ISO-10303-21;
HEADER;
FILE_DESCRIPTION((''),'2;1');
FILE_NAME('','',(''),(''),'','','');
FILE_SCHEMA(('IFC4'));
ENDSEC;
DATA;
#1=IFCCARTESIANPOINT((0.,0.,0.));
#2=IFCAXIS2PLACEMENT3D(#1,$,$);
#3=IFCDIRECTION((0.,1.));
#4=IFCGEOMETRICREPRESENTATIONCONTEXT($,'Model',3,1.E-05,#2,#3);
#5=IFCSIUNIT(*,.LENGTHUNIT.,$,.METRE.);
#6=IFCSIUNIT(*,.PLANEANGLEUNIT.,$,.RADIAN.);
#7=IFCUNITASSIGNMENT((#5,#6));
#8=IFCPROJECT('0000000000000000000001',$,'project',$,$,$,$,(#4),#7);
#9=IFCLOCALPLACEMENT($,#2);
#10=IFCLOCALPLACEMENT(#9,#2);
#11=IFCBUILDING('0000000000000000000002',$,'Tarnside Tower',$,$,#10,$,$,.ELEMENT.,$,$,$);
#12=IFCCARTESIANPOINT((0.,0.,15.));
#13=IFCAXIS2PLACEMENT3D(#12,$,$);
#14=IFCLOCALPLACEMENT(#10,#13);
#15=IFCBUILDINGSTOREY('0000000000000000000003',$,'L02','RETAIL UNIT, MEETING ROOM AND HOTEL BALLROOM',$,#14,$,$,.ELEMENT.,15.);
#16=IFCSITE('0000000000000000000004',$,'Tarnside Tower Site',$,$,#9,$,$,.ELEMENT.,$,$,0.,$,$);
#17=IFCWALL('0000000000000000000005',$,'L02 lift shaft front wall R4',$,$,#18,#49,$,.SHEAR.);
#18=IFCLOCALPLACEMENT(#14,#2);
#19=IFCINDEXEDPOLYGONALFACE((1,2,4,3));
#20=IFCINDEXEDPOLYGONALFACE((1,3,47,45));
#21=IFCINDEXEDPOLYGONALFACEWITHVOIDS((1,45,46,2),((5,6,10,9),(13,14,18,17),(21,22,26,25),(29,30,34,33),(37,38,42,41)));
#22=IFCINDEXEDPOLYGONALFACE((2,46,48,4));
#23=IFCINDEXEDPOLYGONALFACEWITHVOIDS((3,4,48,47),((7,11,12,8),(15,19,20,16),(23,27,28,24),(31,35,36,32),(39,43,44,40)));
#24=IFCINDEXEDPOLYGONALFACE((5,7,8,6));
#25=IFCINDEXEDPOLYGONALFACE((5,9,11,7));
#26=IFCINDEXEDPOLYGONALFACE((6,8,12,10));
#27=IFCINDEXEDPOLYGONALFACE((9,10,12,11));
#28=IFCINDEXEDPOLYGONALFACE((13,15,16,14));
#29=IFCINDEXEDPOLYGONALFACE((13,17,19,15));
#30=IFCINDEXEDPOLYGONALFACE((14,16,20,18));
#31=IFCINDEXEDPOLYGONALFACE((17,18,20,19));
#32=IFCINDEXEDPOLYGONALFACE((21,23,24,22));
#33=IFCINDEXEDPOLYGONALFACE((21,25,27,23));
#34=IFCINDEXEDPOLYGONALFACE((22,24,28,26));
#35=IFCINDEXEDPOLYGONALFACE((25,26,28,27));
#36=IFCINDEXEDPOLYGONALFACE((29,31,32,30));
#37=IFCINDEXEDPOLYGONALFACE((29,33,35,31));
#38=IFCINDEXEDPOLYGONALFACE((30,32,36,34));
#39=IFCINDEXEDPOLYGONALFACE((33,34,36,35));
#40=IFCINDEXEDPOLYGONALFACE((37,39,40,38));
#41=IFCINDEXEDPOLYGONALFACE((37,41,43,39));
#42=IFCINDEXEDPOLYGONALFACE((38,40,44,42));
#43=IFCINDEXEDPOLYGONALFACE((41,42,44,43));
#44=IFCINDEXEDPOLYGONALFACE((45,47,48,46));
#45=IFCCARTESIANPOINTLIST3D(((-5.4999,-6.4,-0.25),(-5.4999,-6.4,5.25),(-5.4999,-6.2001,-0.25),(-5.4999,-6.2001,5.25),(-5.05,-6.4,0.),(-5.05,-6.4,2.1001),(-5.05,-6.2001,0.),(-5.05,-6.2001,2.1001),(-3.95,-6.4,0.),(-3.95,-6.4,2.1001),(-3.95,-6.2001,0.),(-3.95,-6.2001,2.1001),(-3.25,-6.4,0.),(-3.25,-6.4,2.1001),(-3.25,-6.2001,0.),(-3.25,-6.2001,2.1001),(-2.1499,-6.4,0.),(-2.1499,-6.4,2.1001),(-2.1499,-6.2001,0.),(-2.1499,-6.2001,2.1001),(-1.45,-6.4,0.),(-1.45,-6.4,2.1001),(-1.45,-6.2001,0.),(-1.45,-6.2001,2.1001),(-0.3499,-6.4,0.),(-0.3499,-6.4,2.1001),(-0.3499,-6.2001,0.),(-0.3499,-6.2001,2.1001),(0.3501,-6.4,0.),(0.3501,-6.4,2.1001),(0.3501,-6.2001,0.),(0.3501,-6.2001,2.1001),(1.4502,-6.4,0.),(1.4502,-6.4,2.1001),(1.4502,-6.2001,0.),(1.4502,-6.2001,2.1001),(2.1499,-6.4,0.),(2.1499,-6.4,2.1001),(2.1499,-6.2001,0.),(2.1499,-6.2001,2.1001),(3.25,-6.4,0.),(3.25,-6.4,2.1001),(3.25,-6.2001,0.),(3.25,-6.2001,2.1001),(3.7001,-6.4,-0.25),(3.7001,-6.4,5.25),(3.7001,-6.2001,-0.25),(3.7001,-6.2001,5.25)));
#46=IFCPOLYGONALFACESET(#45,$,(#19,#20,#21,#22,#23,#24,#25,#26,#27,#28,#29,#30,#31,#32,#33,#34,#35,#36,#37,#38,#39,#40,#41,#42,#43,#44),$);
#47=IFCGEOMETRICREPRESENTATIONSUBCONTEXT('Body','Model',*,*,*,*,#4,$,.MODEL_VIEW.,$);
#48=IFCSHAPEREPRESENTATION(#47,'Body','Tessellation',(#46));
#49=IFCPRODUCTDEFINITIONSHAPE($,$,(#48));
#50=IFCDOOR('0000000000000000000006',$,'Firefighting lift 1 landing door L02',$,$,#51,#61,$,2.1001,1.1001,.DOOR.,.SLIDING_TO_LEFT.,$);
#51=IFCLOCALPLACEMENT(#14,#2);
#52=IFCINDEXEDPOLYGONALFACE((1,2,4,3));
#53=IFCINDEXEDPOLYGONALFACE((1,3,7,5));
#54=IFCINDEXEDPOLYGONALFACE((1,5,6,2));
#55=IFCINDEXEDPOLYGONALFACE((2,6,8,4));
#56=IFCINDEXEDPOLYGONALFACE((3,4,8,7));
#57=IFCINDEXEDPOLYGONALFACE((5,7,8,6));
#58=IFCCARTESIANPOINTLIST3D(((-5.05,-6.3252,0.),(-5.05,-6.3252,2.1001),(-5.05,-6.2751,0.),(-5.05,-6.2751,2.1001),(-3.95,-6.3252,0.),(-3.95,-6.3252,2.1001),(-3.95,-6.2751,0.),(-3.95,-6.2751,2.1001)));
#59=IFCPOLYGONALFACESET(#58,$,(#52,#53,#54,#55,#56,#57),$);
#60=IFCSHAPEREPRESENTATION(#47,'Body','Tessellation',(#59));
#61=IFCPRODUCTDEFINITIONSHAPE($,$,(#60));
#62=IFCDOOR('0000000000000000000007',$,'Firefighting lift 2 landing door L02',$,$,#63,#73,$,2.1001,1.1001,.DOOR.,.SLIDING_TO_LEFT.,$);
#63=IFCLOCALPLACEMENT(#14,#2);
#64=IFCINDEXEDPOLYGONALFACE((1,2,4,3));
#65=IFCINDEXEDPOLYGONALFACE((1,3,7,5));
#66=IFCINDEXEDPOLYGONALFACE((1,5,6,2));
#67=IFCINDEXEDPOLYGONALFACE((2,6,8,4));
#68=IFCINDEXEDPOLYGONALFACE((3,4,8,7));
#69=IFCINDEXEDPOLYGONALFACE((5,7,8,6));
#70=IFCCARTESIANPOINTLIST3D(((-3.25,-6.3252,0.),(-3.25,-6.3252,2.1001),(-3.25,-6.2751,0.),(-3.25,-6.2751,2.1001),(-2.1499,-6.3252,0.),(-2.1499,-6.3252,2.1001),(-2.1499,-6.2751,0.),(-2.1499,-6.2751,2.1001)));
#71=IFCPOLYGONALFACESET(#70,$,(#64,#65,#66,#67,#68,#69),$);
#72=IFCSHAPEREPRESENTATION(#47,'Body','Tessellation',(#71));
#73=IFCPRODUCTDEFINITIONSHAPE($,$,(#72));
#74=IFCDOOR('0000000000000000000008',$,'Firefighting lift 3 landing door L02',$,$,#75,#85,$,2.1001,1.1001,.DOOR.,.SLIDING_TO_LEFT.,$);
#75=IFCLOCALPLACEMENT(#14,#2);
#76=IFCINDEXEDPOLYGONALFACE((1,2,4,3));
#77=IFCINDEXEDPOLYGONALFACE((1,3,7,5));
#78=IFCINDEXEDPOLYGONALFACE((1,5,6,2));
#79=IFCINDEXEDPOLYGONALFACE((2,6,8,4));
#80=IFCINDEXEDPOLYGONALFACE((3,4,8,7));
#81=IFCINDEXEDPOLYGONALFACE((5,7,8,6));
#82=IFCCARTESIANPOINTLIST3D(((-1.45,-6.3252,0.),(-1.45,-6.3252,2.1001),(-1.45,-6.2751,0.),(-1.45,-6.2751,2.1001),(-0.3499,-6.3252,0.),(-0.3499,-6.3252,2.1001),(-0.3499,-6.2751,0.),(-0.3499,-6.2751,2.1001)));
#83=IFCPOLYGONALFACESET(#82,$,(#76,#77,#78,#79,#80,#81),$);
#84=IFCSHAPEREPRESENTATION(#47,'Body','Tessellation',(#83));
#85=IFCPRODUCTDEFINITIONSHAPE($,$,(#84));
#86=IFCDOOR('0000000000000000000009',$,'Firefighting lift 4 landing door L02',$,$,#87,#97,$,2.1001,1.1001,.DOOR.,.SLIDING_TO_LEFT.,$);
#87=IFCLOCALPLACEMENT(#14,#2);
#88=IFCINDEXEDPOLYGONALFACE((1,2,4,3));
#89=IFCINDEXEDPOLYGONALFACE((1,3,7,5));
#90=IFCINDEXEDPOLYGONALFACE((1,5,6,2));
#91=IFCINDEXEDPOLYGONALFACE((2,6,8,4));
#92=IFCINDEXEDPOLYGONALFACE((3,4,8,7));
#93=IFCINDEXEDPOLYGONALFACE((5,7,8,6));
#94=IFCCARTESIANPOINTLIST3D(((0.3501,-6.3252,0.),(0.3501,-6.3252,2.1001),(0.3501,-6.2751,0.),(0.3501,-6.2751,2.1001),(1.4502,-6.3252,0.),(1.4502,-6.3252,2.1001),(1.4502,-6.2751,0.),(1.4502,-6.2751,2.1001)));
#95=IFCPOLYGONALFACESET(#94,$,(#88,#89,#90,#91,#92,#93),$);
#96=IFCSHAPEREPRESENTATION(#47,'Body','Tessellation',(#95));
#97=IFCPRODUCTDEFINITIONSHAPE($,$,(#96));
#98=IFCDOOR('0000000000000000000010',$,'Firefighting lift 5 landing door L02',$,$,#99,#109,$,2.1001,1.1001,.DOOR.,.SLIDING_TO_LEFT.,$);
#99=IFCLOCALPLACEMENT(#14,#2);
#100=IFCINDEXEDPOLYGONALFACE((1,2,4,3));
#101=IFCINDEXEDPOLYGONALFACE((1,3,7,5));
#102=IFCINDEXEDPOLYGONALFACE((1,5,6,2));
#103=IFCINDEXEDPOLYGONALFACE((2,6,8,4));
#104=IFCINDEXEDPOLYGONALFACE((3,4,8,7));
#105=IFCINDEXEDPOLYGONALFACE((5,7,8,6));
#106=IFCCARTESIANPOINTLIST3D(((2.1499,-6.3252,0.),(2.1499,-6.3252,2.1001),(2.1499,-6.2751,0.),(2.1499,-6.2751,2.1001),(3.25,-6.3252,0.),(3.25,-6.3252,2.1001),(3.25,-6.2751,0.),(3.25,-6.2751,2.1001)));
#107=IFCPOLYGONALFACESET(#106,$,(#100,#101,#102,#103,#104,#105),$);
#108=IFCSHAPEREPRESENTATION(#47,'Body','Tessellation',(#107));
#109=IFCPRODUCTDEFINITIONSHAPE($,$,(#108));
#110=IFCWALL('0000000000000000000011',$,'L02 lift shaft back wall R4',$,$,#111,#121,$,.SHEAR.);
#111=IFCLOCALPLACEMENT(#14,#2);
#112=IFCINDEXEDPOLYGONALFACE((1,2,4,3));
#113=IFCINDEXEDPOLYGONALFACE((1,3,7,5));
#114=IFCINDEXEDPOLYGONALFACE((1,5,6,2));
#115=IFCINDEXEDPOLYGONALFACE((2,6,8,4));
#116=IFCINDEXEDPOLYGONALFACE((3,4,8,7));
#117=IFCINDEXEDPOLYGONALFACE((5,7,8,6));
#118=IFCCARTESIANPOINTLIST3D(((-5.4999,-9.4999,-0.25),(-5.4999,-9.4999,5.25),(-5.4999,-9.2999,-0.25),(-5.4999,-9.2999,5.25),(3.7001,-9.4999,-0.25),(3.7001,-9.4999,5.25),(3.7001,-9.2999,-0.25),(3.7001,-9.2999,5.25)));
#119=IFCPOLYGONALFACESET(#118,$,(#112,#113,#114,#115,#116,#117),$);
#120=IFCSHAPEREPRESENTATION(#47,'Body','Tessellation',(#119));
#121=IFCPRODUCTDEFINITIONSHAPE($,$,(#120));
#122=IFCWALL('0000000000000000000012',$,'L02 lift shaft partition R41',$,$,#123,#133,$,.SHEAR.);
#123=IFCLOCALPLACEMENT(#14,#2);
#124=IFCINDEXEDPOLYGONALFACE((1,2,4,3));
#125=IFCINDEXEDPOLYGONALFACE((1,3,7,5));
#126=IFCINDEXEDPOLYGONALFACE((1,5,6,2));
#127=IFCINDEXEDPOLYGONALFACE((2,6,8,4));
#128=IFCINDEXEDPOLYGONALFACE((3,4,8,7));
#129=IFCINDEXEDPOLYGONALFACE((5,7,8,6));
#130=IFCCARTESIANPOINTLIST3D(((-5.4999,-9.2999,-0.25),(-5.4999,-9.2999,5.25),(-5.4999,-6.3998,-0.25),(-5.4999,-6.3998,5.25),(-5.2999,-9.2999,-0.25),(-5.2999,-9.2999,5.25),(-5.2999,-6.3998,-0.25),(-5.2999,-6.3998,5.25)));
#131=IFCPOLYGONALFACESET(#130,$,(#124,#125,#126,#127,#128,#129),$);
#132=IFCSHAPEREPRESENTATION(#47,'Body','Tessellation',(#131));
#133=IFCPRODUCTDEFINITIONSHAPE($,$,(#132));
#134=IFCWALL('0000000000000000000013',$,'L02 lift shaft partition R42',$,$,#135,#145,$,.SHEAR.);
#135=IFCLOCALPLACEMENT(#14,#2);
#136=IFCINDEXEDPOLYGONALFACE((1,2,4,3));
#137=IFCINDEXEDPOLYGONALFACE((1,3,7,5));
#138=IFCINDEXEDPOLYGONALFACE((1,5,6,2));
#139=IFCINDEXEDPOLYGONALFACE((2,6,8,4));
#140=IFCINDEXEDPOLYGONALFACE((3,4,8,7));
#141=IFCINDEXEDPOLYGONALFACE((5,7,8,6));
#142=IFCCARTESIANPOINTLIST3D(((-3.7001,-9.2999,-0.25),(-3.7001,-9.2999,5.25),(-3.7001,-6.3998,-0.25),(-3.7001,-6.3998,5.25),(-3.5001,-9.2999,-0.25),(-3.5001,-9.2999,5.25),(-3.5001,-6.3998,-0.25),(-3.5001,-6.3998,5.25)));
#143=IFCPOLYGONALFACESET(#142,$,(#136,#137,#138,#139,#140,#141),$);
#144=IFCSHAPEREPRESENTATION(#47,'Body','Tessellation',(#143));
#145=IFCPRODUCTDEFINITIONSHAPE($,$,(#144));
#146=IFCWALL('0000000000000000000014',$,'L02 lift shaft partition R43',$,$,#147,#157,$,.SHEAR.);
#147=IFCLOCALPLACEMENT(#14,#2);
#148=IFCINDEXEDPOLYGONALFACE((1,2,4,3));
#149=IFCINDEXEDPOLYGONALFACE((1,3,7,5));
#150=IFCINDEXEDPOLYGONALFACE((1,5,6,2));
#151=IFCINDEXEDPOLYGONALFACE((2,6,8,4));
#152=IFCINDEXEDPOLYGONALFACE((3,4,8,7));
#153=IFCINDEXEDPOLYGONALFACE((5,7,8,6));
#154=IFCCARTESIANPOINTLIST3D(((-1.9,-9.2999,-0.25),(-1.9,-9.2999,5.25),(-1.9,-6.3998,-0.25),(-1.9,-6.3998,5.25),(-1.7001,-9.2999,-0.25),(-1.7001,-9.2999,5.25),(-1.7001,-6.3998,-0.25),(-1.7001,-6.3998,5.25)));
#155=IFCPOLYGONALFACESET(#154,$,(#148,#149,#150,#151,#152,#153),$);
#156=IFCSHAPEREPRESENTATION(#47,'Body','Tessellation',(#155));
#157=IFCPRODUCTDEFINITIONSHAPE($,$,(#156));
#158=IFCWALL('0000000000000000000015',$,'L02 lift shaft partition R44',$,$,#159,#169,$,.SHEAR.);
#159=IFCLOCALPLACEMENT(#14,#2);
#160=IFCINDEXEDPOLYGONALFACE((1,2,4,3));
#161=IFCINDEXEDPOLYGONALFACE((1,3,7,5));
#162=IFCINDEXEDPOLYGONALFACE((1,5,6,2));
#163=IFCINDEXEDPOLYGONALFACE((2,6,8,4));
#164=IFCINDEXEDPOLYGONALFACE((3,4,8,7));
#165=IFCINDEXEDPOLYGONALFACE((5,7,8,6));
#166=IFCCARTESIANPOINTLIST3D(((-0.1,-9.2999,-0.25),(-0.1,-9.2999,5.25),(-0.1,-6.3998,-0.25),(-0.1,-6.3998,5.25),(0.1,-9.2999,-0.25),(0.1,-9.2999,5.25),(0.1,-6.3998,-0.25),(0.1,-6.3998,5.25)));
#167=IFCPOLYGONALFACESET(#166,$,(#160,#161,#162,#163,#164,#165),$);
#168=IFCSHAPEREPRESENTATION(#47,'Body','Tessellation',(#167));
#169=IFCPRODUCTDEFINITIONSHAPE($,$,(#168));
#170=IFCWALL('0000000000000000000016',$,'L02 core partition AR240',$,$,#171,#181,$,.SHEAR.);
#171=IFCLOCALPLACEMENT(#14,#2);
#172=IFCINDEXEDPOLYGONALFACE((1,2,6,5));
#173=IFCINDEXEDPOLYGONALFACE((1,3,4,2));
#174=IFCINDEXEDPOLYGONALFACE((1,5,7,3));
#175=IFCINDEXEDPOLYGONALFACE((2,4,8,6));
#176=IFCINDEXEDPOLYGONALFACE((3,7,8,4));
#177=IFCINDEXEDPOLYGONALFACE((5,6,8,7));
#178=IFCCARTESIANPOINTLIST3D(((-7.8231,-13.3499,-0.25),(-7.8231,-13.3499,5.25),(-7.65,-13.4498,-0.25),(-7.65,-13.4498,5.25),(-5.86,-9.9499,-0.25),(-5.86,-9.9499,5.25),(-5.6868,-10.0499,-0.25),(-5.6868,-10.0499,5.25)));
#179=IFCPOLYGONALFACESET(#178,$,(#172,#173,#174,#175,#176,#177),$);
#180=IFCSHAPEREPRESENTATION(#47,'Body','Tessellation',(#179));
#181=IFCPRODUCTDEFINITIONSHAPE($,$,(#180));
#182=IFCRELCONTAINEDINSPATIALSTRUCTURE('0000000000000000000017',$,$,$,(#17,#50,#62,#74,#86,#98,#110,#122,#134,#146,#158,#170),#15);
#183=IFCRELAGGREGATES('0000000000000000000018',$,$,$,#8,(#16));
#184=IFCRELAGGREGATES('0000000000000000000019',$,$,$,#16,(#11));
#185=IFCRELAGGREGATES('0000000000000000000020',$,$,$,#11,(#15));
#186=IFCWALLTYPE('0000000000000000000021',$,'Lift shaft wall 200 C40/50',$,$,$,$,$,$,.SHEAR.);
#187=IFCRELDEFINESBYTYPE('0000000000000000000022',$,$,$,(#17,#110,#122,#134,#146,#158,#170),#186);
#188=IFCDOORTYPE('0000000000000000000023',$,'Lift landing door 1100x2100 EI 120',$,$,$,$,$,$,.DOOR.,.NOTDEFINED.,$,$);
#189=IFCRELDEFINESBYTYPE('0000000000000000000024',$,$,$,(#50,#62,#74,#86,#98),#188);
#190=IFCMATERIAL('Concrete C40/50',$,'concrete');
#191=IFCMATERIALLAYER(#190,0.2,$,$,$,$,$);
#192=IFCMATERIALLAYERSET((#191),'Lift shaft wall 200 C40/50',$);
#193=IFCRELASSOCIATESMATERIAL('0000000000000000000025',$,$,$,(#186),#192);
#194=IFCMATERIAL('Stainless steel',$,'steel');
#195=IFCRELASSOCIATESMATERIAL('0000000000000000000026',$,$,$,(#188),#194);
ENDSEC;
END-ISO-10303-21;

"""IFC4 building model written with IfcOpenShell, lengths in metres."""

from ifc_helpers import new_model, si_unit, direction, frame, frame_2d, origin, place, context, subcontext, project, spatial, rectangle, extrude, material, layer, layer_set, type_object, element, fill, save


model = new_model("IFC4")

# Units and contexts
model_context = context("Model", 3, precision=1e-05, world=origin(), true_north=direction((0.0, 1.0)))
body_context = subcontext(model_context, "Body", "Model", "MODEL_VIEW")
ifc_project = project(units=[si_unit("LENGTHUNIT", "METRE"), si_unit("PLANEANGLEUNIT", "RADIAN")], contexts=[model_context])

# Site, building, storey
site_placement = place(None, origin())
site = spatial("IfcSite", under=ifc_project, at=site_placement, Name="Tarnside Tower Site", CompositionType="ELEMENT", RefElevation=0.0)
building_placement = place(site_placement, origin())
building = spatial("IfcBuilding", under=site, at=building_placement, Name="Tarnside Tower", CompositionType="ELEMENT")
storey_placement = place(building_placement, frame((0.0, 0.0, 15.0)))
storey = spatial("IfcBuildingStorey", under=building, at=storey_placement, Name="L02", Description="RETAIL UNIT, MEETING ROOM AND HOTEL BALLROOM", CompositionType="ELEMENT", Elevation=15.0)

# Shared definitions
ifc_material_1 = material(Name="Concrete C40/50", Category="concrete")

# Wall, openings, doors
ifc_layer_1 = layer(ifc_material_1, 0.2)
ifc_layer_set_1 = layer_set([ifc_layer_1], Name="Lift shaft wall 200 C40/50")
wall_type_1 = type_object("IfcWallType", Name="Lift shaft wall 200 C40/50", PredefinedType="SHEAR", material=ifc_layer_set_1)
wall_1_placement = place(storey_placement, frame((-5.5, -6.3, -0.25), z_axis=(0.0, 0.0, 1.0), x_axis=(1.0, 0.0, 0.0)))
wall_1 = element("IfcWall", 1, at=wall_1_placement, inside=storey, type_object=wall_type_1, Name="L02 lift shaft front wall R4", PredefinedType="SHEAR", context=body_context, shape_type="SweptSolid", body=[
    extrude(rectangle(XDim=9.2, YDim=0.2, at=frame_2d((4.6001, 0.0))), origin(), (0.0, 0.0, 1.0), 5.5),
])
opening_1_placement = place(wall_1_placement, frame((0.45, 0.0, 0.25)))
opening_1 = element("IfcOpeningElement", 2, at=opening_1_placement, cuts=wall_1, PredefinedType="OPENING", context=body_context, shape_type="SweptSolid", body=[
    extrude(rectangle(XDim=1.1001, YDim=2.1001, at=frame_2d((0.55, 1.05))), frame((0.0, 0.1099, 0.0), z_axis=(0.0, -1.0, 0.0), x_axis=(1.0, 0.0, 0.0)), (0.0, 0.0, 1.0), 0.22),
])
opening_2_placement = place(wall_1_placement, frame((2.25, 0.0, 0.25)))
opening_2 = element("IfcOpeningElement", 3, at=opening_2_placement, cuts=wall_1, PredefinedType="OPENING", context=body_context, shape_type="SweptSolid", body=[
    extrude(rectangle(XDim=1.1001, YDim=2.1001, at=frame_2d((0.55, 1.05))), frame((0.0, 0.1099, 0.0), z_axis=(0.0, -1.0, 0.0), x_axis=(1.0, 0.0, 0.0)), (0.0, 0.0, 1.0), 0.22),
])
opening_3_placement = place(wall_1_placement, frame((4.05, 0.0, 0.25)))
opening_3 = element("IfcOpeningElement", 4, at=opening_3_placement, cuts=wall_1, PredefinedType="OPENING", context=body_context, shape_type="SweptSolid", body=[
    extrude(rectangle(XDim=1.1001, YDim=2.1001, at=frame_2d((0.55, 1.05))), frame((0.0, 0.1099, 0.0), z_axis=(0.0, -1.0, 0.0), x_axis=(1.0, 0.0, 0.0)), (0.0, 0.0, 1.0), 0.22),
])
opening_4_placement = place(wall_1_placement, frame((5.8501, 0.0, 0.25)))
opening_4 = element("IfcOpeningElement", 5, at=opening_4_placement, cuts=wall_1, PredefinedType="OPENING", context=body_context, shape_type="SweptSolid", body=[
    extrude(rectangle(XDim=1.1001, YDim=2.1001, at=frame_2d((0.55, 1.05))), frame((0.0, 0.1099, 0.0), z_axis=(0.0, -1.0, 0.0), x_axis=(1.0, 0.0, 0.0)), (0.0, 0.0, 1.0), 0.22),
])
opening_5_placement = place(wall_1_placement, frame((7.6499, 0.0, 0.25)))
opening_5 = element("IfcOpeningElement", 6, at=opening_5_placement, cuts=wall_1, PredefinedType="OPENING", context=body_context, shape_type="SweptSolid", body=[
    extrude(rectangle(XDim=1.1001, YDim=2.1001, at=frame_2d((0.55, 1.05))), frame((0.0, 0.1099, 0.0), z_axis=(0.0, -1.0, 0.0), x_axis=(1.0, 0.0, 0.0)), (0.0, 0.0, 1.0), 0.22),
])
ifc_material_2 = material(Name="Stainless steel", Category="steel")
door_type_1 = type_object("IfcDoorType", Name="Lift landing door 1100x2100 EI 120", OperationType="NOTDEFINED", PredefinedType="DOOR", material=ifc_material_2)
door_1_placement = place(opening_1_placement, origin())
door_1 = element("IfcDoor", 7, at=door_1_placement, inside=storey, type_object=door_type_1, Name="Firefighting lift 1 landing door L02", OperationType="SLIDING_TO_LEFT", OverallHeight=2.1001, OverallWidth=1.1001, PredefinedType="DOOR", context=body_context, shape_type="SweptSolid", body=[
    extrude(rectangle(XDim=1.1001, YDim=2.1001, at=frame_2d((0.55, 1.05))), frame((0.0, 0.0249, 0.0), z_axis=(0.0, -1.0, 0.0), x_axis=(1.0, 0.0, 0.0)), (0.0, 0.0, 1.0), 0.05),
])
fill(opening_1, door_1)
door_2_placement = place(opening_2_placement, origin())
door_2 = element("IfcDoor", 8, at=door_2_placement, inside=storey, type_object=door_type_1, Name="Firefighting lift 2 landing door L02", OperationType="SLIDING_TO_LEFT", OverallHeight=2.1001, OverallWidth=1.1001, PredefinedType="DOOR", context=body_context, shape_type="SweptSolid", body=[
    extrude(rectangle(XDim=1.1001, YDim=2.1001, at=frame_2d((0.55, 1.05))), frame((0.0, 0.0249, 0.0), z_axis=(0.0, -1.0, 0.0), x_axis=(1.0, 0.0, 0.0)), (0.0, 0.0, 1.0), 0.05),
])
fill(opening_2, door_2)
door_3_placement = place(opening_3_placement, origin())
door_3 = element("IfcDoor", 9, at=door_3_placement, inside=storey, type_object=door_type_1, Name="Firefighting lift 3 landing door L02", OperationType="SLIDING_TO_LEFT", OverallHeight=2.1001, OverallWidth=1.1001, PredefinedType="DOOR", context=body_context, shape_type="SweptSolid", body=[
    extrude(rectangle(XDim=1.1001, YDim=2.1001, at=frame_2d((0.55, 1.05))), frame((0.0, 0.0249, 0.0), z_axis=(0.0, -1.0, 0.0), x_axis=(1.0, 0.0, 0.0)), (0.0, 0.0, 1.0), 0.05),
])
fill(opening_3, door_3)
door_4_placement = place(opening_4_placement, origin())
door_4 = element("IfcDoor", 10, at=door_4_placement, inside=storey, type_object=door_type_1, Name="Firefighting lift 4 landing door L02", OperationType="SLIDING_TO_LEFT", OverallHeight=2.1001, OverallWidth=1.1001, PredefinedType="DOOR", context=body_context, shape_type="SweptSolid", body=[
    extrude(rectangle(XDim=1.1001, YDim=2.1001, at=frame_2d((0.55, 1.05))), frame((0.0, 0.0249, 0.0), z_axis=(0.0, -1.0, 0.0), x_axis=(1.0, 0.0, 0.0)), (0.0, 0.0, 1.0), 0.05),
])
fill(opening_4, door_4)
door_5_placement = place(opening_5_placement, origin())
door_5 = element("IfcDoor", 11, at=door_5_placement, inside=storey, type_object=door_type_1, Name="Firefighting lift 5 landing door L02", OperationType="SLIDING_TO_LEFT", OverallHeight=2.1001, OverallWidth=1.1001, PredefinedType="DOOR", context=body_context, shape_type="SweptSolid", body=[
    extrude(rectangle(XDim=1.1001, YDim=2.1001, at=frame_2d((0.55, 1.05))), frame((0.0, 0.0249, 0.0), z_axis=(0.0, -1.0, 0.0), x_axis=(1.0, 0.0, 0.0)), (0.0, 0.0, 1.0), 0.05),
])
fill(opening_5, door_5)

# Walls
wall_2_placement = place(storey_placement, frame((-5.5, -9.3999, -0.25), z_axis=(0.0, 0.0, 1.0), x_axis=(1.0, 0.0, 0.0)))
element("IfcWall", 12, at=wall_2_placement, inside=storey, type_object=wall_type_1, Name="L02 lift shaft back wall R4", PredefinedType="SHEAR", context=body_context, shape_type="SweptSolid", body=[
    extrude(rectangle(XDim=9.2, YDim=0.2, at=frame_2d((4.6001, 0.0))), origin(), (0.0, 0.0, 1.0), 5.5),
])
for number, where, z_axis, x_axis, name in (
    (13, (-5.3999, -9.3, -0.25), (0.0, 0.0, 1.0), (0.0, 1.0, 0.0), "L02 lift shaft partition R41"),
    (14, (-3.6001, -9.3, -0.25), (0.0, 0.0, 1.0), (0.0, 1.0, 0.0), "L02 lift shaft partition R42"),
    (15, (-1.8, -9.3, -0.25), (0.0, 0.0, 1.0), (0.0, 1.0, 0.0), "L02 lift shaft partition R43"),
    (16, (0.0, -9.3, -0.25), (0.0, 0.0, 1.0), (0.0, 1.0, 0.0), "L02 lift shaft partition R44"),
):
    element("IfcWall", number, at=place(storey_placement, frame(where, z_axis=z_axis, x_axis=x_axis)), inside=storey, type_object=wall_type_1, Name=name, PredefinedType="SHEAR", context=body_context, shape_type="SweptSolid", body=[
        extrude(rectangle(XDim=2.9001, YDim=0.2, at=frame_2d((1.4502, 0.0))), origin(), (0.0, 0.0, 1.0), 5.5),
    ])
wall_3_placement = place(storey_placement, frame((-5.7734, -10.0, -0.25), z_axis=(0.0, 0.0, 1.0), x_axis=(-0.500038, -0.866003, 0.0)))
element("IfcWall", 17, at=wall_3_placement, inside=storey, type_object=wall_type_1, Name="L02 core partition AR240", PredefinedType="SHEAR", context=body_context, shape_type="SweptSolid", body=[
    extrude(rectangle(XDim=3.926, YDim=0.2, at=frame_2d((1.9629, 0.0))), origin(), (0.0, 0.0, 1.0), 5.5),
])

save(model, "model.ifc")
